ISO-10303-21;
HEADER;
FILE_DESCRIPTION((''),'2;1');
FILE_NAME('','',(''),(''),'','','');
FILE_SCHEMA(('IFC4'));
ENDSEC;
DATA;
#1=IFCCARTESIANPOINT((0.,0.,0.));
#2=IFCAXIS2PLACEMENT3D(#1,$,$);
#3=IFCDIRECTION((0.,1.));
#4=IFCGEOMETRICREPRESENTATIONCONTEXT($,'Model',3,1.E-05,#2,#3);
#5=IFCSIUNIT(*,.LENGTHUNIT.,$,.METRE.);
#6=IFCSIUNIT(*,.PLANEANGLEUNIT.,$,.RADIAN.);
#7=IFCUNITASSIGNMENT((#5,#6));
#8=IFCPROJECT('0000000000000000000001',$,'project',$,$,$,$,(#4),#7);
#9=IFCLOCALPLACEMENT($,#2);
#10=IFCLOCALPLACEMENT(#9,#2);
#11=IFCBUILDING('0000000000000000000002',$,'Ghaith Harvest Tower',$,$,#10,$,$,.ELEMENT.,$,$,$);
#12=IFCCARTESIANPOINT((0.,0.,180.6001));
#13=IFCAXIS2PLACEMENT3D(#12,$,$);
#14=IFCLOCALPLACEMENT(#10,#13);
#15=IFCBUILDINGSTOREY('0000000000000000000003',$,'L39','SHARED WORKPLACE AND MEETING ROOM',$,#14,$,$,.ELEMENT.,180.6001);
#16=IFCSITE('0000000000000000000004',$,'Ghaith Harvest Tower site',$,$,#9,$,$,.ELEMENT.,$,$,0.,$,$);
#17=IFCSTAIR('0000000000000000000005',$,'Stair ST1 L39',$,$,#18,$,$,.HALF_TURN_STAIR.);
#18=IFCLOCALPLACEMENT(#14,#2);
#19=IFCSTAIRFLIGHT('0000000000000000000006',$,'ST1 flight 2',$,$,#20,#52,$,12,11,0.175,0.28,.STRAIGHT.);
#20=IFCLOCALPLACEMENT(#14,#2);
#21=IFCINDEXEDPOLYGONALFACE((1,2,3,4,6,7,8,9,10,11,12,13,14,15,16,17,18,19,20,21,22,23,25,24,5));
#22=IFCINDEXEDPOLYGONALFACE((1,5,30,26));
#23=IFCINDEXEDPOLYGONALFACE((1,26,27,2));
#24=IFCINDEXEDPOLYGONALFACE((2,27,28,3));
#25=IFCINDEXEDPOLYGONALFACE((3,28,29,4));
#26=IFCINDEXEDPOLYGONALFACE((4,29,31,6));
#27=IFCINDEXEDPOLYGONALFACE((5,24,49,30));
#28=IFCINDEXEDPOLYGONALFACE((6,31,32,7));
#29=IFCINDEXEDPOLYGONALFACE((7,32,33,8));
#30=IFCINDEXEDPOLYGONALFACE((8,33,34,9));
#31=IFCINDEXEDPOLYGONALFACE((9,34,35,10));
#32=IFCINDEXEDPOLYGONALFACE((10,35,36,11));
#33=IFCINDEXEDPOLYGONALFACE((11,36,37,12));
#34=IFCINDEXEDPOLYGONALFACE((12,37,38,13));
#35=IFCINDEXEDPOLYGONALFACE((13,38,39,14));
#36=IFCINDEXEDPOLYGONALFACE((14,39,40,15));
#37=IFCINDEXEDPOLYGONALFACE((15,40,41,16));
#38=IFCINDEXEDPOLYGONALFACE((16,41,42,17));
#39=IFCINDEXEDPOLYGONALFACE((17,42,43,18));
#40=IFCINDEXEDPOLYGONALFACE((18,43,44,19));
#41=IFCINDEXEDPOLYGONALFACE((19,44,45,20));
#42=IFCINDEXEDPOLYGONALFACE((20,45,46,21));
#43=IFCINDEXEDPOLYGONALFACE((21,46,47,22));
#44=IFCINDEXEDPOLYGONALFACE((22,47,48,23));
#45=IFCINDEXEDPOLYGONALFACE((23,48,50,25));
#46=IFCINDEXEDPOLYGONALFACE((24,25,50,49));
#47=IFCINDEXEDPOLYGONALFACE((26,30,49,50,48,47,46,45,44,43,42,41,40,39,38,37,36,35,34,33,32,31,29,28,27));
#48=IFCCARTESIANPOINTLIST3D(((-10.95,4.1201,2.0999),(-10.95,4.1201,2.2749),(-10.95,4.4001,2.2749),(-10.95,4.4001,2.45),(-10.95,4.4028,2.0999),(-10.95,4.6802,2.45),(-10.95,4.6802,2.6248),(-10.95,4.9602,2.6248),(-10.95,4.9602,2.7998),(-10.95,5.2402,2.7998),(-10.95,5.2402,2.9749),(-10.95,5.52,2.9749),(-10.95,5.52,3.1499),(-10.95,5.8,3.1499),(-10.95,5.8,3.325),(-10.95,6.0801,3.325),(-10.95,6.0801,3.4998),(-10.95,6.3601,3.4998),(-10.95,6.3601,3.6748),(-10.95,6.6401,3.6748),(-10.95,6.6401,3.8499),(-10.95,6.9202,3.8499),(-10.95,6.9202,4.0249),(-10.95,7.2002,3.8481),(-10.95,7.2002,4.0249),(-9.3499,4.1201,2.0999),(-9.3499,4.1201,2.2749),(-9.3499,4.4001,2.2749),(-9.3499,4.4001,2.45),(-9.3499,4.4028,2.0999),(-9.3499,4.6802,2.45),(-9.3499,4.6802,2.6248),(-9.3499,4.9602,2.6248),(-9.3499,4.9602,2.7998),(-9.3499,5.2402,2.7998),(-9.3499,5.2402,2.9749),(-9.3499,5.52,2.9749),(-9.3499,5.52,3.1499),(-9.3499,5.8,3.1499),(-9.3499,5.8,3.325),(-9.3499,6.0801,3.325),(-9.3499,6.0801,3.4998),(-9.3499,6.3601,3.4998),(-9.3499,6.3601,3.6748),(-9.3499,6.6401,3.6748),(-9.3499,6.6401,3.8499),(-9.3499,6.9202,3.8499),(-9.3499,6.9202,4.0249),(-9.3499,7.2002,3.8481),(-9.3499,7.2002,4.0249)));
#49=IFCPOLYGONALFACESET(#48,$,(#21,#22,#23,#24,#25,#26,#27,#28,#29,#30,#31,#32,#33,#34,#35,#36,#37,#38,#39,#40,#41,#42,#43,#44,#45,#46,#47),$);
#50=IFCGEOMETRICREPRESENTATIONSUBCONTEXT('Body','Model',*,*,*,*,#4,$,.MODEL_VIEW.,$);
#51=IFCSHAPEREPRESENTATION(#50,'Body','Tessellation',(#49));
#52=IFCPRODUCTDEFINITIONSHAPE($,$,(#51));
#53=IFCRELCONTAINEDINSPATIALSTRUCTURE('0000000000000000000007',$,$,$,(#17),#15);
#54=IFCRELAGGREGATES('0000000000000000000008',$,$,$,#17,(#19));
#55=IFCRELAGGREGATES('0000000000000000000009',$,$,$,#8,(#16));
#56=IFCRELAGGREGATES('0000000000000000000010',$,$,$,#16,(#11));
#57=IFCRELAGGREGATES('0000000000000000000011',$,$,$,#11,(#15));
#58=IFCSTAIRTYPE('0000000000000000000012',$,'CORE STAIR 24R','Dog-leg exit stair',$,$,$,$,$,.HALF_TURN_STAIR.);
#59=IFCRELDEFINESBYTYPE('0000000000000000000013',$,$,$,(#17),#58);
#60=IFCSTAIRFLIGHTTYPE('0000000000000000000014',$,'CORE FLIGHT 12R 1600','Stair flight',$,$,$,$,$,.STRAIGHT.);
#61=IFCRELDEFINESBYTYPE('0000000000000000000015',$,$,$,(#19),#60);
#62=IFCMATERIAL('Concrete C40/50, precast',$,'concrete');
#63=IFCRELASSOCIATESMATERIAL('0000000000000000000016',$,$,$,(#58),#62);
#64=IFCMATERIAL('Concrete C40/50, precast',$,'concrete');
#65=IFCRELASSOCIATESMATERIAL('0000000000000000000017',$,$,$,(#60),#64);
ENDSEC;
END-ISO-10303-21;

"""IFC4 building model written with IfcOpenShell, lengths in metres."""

from ifc_helpers import new_model, si_unit, direction, frame, origin, place, context, subcontext, project, spatial, polyline, outline, extrude, material, type_object, element, aggregate, save


model = new_model("IFC4")

# Units and contexts
model_context = context("Model", 3, precision=1e-05, world=origin(), true_north=direction((0.0, 1.0)))
body_context = subcontext(model_context, "Body", "Model", "MODEL_VIEW")
ifc_project = project(units=[si_unit("LENGTHUNIT", "METRE"), si_unit("PLANEANGLEUNIT", "RADIAN")], contexts=[model_context])

# Site, building, storey
site_placement = place(None, origin())
site = spatial("IfcSite", under=ifc_project, at=site_placement, Name="Ghaith Harvest Tower site", CompositionType="ELEMENT", RefElevation=0.0)
building_placement = place(site_placement, origin())
building = spatial("IfcBuilding", under=site, at=building_placement, Name="Ghaith Harvest Tower", CompositionType="ELEMENT")
storey_placement = place(building_placement, frame((0.0, 0.0, 180.6001)))
storey = spatial("IfcBuildingStorey", under=building, at=storey_placement, Name="L39", Description="SHARED WORKPLACE AND MEETING ROOM", CompositionType="ELEMENT", Elevation=180.6001)

# Stair, stair flight
ifc_material_1 = material(Name="Concrete C40/50, precast", Category="concrete")
stair_type = type_object("IfcStairType", Name="CORE STAIR 24R", Description="Dog-leg exit stair", PredefinedType="HALF_TURN_STAIR", material=ifc_material_1)
stair_placement = place(storey_placement, origin())
stair = element("IfcStair", 1, at=stair_placement, inside=storey, type_object=stair_type, Name="Stair ST1 L39", PredefinedType="HALF_TURN_STAIR")
ifc_material_2 = material(Name="Concrete C40/50, precast", Category="concrete")
stair_flight_type = type_object("IfcStairFlightType", Name="CORE FLIGHT 12R 1600", Description="Stair flight", PredefinedType="STRAIGHT", material=ifc_material_2)
stair_flight_placement = place(storey_placement, frame((-10.1499, 4.1201, 2.0999), z_axis=(0.0, 0.0, 1.0), x_axis=(0.0, 1.0, 0.0)))
stair_flight = element("IfcStairFlight", 2, at=stair_flight_placement, type_object=stair_flight_type, Name="ST1 flight 2", NumberOfRisers=12, NumberOfTreads=11, PredefinedType="STRAIGHT", RiserHeight=0.175, TreadLength=0.28, context=body_context, shape_type="SweptSolid", body=[
    extrude(outline(polyline([(0.0, 0.0), (0.0, 0.175), (0.28, 0.175), (0.28, 0.3501), (0.5601, 0.3501), (0.5601, 0.5249), (0.8401, 0.5249), (0.8401, 0.7), (1.1201, 0.7), (1.1201, 0.875), (1.3999, 0.875), (1.3999, 1.05), (1.6799, 1.05), (1.6799, 1.2251), (1.96, 1.2251), (1.96, 1.3999), (2.24, 1.3999), (2.24, 1.575), (2.52, 1.575), (2.52, 1.75), (2.8, 1.75), (2.8, 1.925), (3.0801, 1.925), (3.0801, 2.1001), (3.0801, 1.7483), (0.2827, 0.0), (0.0, 0.0)])), frame((0.0, 0.8, 0.0), z_axis=(0.0, -1.0, 0.0), x_axis=(1.0, 0.0, 0.0)), (0.0, 0.0, 1.0), 1.6001),
])
aggregate(stair, [stair_flight])

save(model, "model.ifc")
